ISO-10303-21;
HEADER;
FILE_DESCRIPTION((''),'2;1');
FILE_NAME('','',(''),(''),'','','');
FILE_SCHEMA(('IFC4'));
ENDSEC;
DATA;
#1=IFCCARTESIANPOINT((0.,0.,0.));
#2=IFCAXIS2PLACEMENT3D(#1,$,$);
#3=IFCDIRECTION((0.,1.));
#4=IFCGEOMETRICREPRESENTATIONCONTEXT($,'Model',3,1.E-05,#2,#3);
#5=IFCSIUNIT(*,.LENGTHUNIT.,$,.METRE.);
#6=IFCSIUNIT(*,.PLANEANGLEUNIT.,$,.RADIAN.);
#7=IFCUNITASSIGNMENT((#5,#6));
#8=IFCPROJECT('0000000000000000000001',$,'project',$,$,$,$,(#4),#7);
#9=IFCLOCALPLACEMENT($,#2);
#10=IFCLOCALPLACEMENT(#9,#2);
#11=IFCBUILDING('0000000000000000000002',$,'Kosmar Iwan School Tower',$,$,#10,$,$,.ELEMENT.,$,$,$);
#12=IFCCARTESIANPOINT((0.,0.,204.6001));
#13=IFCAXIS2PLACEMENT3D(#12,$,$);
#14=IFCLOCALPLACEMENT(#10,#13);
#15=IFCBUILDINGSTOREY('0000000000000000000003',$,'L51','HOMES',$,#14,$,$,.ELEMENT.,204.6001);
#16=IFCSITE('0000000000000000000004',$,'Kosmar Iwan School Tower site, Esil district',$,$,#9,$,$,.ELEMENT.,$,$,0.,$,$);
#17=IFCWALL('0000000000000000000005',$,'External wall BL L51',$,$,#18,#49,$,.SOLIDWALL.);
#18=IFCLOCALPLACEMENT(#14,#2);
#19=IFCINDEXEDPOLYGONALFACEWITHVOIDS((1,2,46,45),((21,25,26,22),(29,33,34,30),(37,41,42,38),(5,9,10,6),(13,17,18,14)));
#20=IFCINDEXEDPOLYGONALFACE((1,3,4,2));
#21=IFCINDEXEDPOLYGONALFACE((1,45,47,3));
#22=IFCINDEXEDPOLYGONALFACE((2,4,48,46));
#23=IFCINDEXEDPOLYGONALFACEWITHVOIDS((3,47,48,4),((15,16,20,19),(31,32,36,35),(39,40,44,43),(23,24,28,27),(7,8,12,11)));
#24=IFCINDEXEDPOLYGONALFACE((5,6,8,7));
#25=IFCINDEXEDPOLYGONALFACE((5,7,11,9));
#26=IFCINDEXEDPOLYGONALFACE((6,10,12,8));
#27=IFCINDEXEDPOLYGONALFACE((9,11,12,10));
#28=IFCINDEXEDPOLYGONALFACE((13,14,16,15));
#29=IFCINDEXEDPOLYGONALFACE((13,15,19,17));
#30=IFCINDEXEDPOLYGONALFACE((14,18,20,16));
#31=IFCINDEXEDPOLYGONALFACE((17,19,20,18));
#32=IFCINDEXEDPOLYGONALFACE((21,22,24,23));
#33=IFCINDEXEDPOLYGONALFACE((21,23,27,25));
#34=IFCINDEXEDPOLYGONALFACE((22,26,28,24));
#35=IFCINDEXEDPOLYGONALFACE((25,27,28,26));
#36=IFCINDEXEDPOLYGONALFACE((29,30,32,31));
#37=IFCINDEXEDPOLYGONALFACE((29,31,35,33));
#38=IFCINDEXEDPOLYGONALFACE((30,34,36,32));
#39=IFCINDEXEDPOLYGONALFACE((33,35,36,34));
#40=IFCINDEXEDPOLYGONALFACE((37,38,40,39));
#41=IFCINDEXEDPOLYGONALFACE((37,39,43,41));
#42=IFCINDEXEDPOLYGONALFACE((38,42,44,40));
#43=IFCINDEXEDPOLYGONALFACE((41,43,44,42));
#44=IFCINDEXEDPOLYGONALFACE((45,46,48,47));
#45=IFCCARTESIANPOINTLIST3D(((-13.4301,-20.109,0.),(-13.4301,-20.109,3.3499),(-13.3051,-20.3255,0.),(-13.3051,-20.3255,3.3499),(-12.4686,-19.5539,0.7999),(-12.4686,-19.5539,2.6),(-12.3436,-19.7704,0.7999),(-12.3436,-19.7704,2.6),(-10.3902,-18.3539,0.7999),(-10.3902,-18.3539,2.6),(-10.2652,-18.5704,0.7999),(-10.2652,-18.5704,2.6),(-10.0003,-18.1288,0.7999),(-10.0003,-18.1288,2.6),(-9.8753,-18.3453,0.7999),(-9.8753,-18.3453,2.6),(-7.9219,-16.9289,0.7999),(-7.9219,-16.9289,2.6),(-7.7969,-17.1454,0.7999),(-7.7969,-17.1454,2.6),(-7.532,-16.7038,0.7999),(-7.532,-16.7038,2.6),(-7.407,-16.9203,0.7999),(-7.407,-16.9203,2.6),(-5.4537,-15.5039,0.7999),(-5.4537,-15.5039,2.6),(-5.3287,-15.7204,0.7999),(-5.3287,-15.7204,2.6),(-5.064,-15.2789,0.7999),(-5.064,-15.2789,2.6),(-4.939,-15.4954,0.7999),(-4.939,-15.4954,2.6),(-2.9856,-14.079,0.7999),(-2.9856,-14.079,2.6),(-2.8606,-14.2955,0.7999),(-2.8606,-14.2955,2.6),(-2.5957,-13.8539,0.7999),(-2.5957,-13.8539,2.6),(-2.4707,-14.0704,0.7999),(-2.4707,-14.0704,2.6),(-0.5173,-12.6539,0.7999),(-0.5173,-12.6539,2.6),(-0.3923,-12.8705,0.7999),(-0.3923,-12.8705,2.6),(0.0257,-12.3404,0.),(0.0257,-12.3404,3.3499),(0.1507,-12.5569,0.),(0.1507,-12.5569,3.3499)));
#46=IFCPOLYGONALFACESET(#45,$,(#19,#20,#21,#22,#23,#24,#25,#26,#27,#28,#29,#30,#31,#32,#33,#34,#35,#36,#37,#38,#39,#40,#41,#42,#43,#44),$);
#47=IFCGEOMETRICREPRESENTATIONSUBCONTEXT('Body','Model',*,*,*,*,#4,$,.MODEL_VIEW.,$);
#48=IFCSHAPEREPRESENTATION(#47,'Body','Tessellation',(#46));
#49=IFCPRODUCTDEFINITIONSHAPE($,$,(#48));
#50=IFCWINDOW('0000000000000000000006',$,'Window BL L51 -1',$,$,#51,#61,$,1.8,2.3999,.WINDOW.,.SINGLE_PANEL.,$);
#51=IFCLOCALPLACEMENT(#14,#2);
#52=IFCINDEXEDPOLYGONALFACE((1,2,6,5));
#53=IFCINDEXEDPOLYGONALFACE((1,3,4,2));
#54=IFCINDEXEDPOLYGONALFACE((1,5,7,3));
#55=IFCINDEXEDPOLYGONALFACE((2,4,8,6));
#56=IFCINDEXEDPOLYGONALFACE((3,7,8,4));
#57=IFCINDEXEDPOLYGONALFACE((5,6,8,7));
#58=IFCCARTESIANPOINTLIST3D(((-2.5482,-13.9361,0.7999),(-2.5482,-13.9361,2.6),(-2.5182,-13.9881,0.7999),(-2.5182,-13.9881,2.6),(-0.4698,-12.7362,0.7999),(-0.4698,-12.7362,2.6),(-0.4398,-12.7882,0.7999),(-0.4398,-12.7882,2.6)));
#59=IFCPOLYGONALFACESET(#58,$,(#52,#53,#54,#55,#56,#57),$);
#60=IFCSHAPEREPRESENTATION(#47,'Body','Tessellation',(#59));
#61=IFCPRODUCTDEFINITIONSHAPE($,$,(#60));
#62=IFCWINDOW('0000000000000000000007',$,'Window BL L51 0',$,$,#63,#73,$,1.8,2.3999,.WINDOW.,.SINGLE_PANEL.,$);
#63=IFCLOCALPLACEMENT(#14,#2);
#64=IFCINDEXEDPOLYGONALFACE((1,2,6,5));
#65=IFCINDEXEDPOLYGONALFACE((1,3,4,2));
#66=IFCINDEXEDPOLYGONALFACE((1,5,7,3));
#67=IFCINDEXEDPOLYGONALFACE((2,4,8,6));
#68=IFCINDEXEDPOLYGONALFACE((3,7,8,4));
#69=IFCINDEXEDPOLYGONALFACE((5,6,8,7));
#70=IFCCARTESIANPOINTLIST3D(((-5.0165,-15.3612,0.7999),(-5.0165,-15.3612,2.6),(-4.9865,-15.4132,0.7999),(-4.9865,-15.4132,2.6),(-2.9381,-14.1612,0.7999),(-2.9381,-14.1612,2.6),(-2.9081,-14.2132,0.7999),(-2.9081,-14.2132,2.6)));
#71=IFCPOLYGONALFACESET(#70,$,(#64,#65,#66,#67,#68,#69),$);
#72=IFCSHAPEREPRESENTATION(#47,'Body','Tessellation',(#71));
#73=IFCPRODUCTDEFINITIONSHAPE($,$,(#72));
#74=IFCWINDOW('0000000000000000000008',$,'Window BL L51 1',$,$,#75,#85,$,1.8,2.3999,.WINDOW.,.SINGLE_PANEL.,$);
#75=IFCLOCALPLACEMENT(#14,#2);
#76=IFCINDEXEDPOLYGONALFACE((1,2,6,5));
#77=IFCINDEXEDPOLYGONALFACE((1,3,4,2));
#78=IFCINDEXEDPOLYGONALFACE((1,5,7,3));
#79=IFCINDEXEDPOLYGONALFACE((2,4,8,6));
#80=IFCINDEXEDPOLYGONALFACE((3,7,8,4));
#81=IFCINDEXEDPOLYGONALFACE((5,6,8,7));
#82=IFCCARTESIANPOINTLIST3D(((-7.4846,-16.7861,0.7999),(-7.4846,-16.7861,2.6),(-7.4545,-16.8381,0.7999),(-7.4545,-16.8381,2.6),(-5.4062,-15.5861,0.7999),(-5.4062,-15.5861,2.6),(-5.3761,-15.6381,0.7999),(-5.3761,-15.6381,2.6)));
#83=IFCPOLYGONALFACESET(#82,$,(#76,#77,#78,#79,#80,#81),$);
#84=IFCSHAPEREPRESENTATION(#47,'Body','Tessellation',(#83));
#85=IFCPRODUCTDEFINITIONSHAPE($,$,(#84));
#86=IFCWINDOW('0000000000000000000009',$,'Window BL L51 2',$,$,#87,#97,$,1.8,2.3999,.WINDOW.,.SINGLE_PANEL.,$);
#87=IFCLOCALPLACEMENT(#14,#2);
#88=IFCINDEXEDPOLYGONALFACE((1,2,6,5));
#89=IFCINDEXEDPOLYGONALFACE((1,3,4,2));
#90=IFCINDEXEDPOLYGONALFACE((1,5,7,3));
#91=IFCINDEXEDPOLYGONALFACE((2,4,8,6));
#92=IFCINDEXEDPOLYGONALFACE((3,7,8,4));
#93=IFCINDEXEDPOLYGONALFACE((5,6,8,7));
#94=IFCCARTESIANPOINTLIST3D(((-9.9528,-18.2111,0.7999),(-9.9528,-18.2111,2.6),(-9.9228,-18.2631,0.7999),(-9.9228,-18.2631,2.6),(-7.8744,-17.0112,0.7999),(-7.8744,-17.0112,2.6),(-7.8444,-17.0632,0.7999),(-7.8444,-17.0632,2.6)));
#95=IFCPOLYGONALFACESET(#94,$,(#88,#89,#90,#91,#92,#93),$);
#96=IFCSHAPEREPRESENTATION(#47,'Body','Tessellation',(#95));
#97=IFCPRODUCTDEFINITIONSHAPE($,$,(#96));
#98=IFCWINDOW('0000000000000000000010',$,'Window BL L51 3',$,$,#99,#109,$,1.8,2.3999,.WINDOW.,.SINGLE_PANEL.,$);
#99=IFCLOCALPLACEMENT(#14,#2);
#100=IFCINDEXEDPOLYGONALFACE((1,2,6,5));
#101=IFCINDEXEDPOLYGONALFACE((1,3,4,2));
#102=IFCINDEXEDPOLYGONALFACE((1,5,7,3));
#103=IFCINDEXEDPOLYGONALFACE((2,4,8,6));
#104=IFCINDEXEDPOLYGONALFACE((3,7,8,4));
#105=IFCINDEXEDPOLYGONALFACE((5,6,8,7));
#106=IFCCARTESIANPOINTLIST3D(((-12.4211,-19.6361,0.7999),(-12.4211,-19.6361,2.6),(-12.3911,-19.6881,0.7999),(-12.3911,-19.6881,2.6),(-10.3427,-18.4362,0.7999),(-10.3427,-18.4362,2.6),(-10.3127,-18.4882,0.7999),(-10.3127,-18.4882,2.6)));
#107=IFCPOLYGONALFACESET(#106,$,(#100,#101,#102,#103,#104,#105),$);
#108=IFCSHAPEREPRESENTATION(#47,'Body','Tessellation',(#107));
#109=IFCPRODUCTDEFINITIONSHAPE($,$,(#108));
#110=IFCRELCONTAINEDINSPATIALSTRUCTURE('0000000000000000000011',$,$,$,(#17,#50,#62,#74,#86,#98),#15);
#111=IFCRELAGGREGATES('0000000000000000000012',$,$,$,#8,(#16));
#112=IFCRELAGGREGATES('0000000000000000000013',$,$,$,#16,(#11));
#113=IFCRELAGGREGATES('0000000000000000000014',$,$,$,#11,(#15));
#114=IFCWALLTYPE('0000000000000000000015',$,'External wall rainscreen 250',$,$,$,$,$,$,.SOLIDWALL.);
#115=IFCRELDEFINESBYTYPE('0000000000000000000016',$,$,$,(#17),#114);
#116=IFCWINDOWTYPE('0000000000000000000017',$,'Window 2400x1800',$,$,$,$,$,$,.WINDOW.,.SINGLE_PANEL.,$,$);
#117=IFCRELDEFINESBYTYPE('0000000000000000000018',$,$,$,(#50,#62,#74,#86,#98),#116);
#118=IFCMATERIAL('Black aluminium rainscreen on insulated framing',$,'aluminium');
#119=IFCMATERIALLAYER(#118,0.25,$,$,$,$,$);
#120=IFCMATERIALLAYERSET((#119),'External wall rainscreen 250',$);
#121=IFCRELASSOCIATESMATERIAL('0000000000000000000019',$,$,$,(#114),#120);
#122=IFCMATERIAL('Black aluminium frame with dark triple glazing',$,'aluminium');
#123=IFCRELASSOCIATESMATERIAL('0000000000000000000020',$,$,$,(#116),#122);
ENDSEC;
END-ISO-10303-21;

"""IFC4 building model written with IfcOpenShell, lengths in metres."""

from ifc_helpers import new_model, si_unit, direction, frame, frame_2d, origin, place, context, subcontext, project, spatial, rectangle, extrude, material, layer, layer_set, type_object, element, fill, save


model = new_model("IFC4")

# Units and contexts
model_context = context("Model", 3, precision=1e-05, world=origin(), true_north=direction((0.0, 1.0)))
body_context = subcontext(model_context, "Body", "Model", "MODEL_VIEW")
ifc_project = project(units=[si_unit("LENGTHUNIT", "METRE"), si_unit("PLANEANGLEUNIT", "RADIAN")], contexts=[model_context])

# Site, building, storey
site_placement = place(None, origin())
site = spatial("IfcSite", under=ifc_project, at=site_placement, Name="Kosmar Iwan School Tower site, Esil district", CompositionType="ELEMENT", RefElevation=0.0)
building_placement = place(site_placement, origin())
building = spatial("IfcBuilding", under=site, at=building_placement, Name="Kosmar Iwan School Tower", CompositionType="ELEMENT")
storey_placement = place(building_placement, frame((0.0, 0.0, 204.6001)))
storey = spatial("IfcBuildingStorey", under=building, at=storey_placement, Name="L51", Description="HOMES", CompositionType="ELEMENT", Elevation=204.6001)

# Wall, openings, windows
ifc_material_1 = material(Name="Black aluminium rainscreen on insulated framing", Category="aluminium")
ifc_layer_1 = layer(ifc_material_1, 0.25)
ifc_layer_set_1 = layer_set([ifc_layer_1], Name="External wall rainscreen 250")
wall_type_1 = type_object("IfcWallType", Name="External wall rainscreen 250", PredefinedType="SOLIDWALL", material=ifc_layer_set_1)
wall_1_placement = place(storey_placement, frame((0.0881, -12.4487, 0.0), z_axis=(0.0, 0.0, 1.0), x_axis=(-0.86603, -0.499992, 0.0)))
wall_1 = element("IfcWall", 1, at=wall_1_placement, inside=storey, type_object=wall_type_1, Name="External wall BL L51", PredefinedType="SOLIDWALL", context=body_context, shape_type="SweptSolid", body=[
    extrude(rectangle(XDim=15.5374, YDim=0.25, at=frame_2d((7.7686, 0.0))), origin(), (0.0, 0.0, 1.0), 3.3499),
])
opening_1_placement = place(wall_1_placement, frame((0.627, 0.0, 0.8)))
opening_1 = element("IfcOpeningElement", 2, at=opening_1_placement, cuts=wall_1, PredefinedType="OPENING", context=body_context, shape_type="SweptSolid", body=[
    extrude(rectangle(XDim=2.3999, YDim=1.8, at=frame_2d((1.2, 0.8999))), frame((0.0, 0.137, 0.0), z_axis=(0.0, -1.0, 0.0), x_axis=(1.0, 0.0, 0.0)), (0.0, 0.0, 1.0), 0.2739),
])
opening_2_placement = place(wall_1_placement, frame((3.4771, 0.0, 0.8)))
opening_2 = element("IfcOpeningElement", 3, at=opening_2_placement, cuts=wall_1, PredefinedType="OPENING", context=body_context, shape_type="SweptSolid", body=[
    extrude(rectangle(XDim=2.3999, YDim=1.8, at=frame_2d((1.2, 0.8999))), frame((0.0, 0.137, 0.0), z_axis=(0.0, -1.0, 0.0), x_axis=(1.0, 0.0, 0.0)), (0.0, 0.0, 1.0), 0.2739),
])
opening_3_placement = place(wall_1_placement, frame((6.3269, 0.0, 0.8)))
opening_3 = element("IfcOpeningElement", 4, at=opening_3_placement, cuts=wall_1, PredefinedType="OPENING", context=body_context, shape_type="SweptSolid", body=[
    extrude(rectangle(XDim=2.3999, YDim=1.8, at=frame_2d((1.2, 0.8999))), frame((0.0, 0.137, 0.0), z_axis=(0.0, -1.0, 0.0), x_axis=(1.0, 0.0, 0.0)), (0.0, 0.0, 1.0), 0.2739),
])
opening_4_placement = place(wall_1_placement, frame((9.177, 0.0, 0.8)))
opening_4 = element("IfcOpeningElement", 5, at=opening_4_placement, cuts=wall_1, PredefinedType="OPENING", context=body_context, shape_type="SweptSolid", body=[
    extrude(rectangle(XDim=2.3999, YDim=1.8, at=frame_2d((1.2, 0.8999))), frame((0.0, 0.137, 0.0), z_axis=(0.0, -1.0, 0.0), x_axis=(1.0, 0.0, 0.0)), (0.0, 0.0, 1.0), 0.2739),
])
opening_5_placement = place(wall_1_placement, frame((12.0271, 0.0, 0.8)))
opening_5 = element("IfcOpeningElement", 6, at=opening_5_placement, cuts=wall_1, PredefinedType="OPENING", context=body_context, shape_type="SweptSolid", body=[
    extrude(rectangle(XDim=2.3999, YDim=1.8, at=frame_2d((1.2, 0.8999))), frame((0.0, 0.137, 0.0), z_axis=(0.0, -1.0, 0.0), x_axis=(1.0, 0.0, 0.0)), (0.0, 0.0, 1.0), 0.2739),
])
ifc_material_2 = material(Name="Black aluminium frame with dark triple glazing", Category="aluminium")
window_type = type_object("IfcWindowType", Name="Window 2400x1800", PartitioningType="SINGLE_PANEL", PredefinedType="WINDOW", material=ifc_material_2)
window_1_placement = place(opening_1_placement, origin())
window_1 = element("IfcWindow", 7, at=window_1_placement, inside=storey, type_object=window_type, Name="Window BL L51 -1", OverallHeight=1.8, OverallWidth=2.3999, PartitioningType="SINGLE_PANEL", PredefinedType="WINDOW", context=body_context, shape_type="SweptSolid", body=[
    extrude(rectangle(XDim=2.3999, YDim=1.8, at=frame_2d((1.2, 0.8999))), frame((0.0, 0.03, 0.0), z_axis=(0.0, -1.0, 0.0), x_axis=(1.0, 0.0, 0.0)), (0.0, 0.0, 1.0), 0.0601),
])
fill(opening_1, window_1)
window_2_placement = place(opening_2_placement, origin())
window_2 = element("IfcWindow", 8, at=window_2_placement, inside=storey, type_object=window_type, Name="Window BL L51 0", OverallHeight=1.8, OverallWidth=2.3999, PartitioningType="SINGLE_PANEL", PredefinedType="WINDOW", context=body_context, shape_type="SweptSolid", body=[
    extrude(rectangle(XDim=2.3999, YDim=1.8, at=frame_2d((1.2, 0.8999))), frame((0.0, 0.03, 0.0), z_axis=(0.0, -1.0, 0.0), x_axis=(1.0, 0.0, 0.0)), (0.0, 0.0, 1.0), 0.0601),
])
fill(opening_2, window_2)
window_3_placement = place(opening_3_placement, origin())
window_3 = element("IfcWindow", 9, at=window_3_placement, inside=storey, type_object=window_type, Name="Window BL L51 1", OverallHeight=1.8, OverallWidth=2.3999, PartitioningType="SINGLE_PANEL", PredefinedType="WINDOW", context=body_context, shape_type="SweptSolid", body=[
    extrude(rectangle(XDim=2.3999, YDim=1.8, at=frame_2d((1.2, 0.8999))), frame((0.0, 0.03, 0.0), z_axis=(0.0, -1.0, 0.0), x_axis=(1.0, 0.0, 0.0)), (0.0, 0.0, 1.0), 0.0601),
])
fill(opening_3, window_3)
window_4_placement = place(opening_4_placement, origin())
window_4 = element("IfcWindow", 10, at=window_4_placement, inside=storey, type_object=window_type, Name="Window BL L51 2", OverallHeight=1.8, OverallWidth=2.3999, PartitioningType="SINGLE_PANEL", PredefinedType="WINDOW", context=body_context, shape_type="SweptSolid", body=[
    extrude(rectangle(XDim=2.3999, YDim=1.8, at=frame_2d((1.2, 0.8999))), frame((0.0, 0.03, 0.0), z_axis=(0.0, -1.0, 0.0), x_axis=(1.0, 0.0, 0.0)), (0.0, 0.0, 1.0), 0.0601),
])
fill(opening_4, window_4)
window_5_placement = place(opening_5_placement, origin())
window_5 = element("IfcWindow", 11, at=window_5_placement, inside=storey, type_object=window_type, Name="Window BL L51 3", OverallHeight=1.8, OverallWidth=2.3999, PartitioningType="SINGLE_PANEL", PredefinedType="WINDOW", context=body_context, shape_type="SweptSolid", body=[
    extrude(rectangle(XDim=2.3999, YDim=1.8, at=frame_2d((1.2, 0.8999))), frame((0.0, 0.03, 0.0), z_axis=(0.0, -1.0, 0.0), x_axis=(1.0, 0.0, 0.0)), (0.0, 0.0, 1.0), 0.0601),
])
fill(opening_5, window_5)

save(model, "model.ifc")
